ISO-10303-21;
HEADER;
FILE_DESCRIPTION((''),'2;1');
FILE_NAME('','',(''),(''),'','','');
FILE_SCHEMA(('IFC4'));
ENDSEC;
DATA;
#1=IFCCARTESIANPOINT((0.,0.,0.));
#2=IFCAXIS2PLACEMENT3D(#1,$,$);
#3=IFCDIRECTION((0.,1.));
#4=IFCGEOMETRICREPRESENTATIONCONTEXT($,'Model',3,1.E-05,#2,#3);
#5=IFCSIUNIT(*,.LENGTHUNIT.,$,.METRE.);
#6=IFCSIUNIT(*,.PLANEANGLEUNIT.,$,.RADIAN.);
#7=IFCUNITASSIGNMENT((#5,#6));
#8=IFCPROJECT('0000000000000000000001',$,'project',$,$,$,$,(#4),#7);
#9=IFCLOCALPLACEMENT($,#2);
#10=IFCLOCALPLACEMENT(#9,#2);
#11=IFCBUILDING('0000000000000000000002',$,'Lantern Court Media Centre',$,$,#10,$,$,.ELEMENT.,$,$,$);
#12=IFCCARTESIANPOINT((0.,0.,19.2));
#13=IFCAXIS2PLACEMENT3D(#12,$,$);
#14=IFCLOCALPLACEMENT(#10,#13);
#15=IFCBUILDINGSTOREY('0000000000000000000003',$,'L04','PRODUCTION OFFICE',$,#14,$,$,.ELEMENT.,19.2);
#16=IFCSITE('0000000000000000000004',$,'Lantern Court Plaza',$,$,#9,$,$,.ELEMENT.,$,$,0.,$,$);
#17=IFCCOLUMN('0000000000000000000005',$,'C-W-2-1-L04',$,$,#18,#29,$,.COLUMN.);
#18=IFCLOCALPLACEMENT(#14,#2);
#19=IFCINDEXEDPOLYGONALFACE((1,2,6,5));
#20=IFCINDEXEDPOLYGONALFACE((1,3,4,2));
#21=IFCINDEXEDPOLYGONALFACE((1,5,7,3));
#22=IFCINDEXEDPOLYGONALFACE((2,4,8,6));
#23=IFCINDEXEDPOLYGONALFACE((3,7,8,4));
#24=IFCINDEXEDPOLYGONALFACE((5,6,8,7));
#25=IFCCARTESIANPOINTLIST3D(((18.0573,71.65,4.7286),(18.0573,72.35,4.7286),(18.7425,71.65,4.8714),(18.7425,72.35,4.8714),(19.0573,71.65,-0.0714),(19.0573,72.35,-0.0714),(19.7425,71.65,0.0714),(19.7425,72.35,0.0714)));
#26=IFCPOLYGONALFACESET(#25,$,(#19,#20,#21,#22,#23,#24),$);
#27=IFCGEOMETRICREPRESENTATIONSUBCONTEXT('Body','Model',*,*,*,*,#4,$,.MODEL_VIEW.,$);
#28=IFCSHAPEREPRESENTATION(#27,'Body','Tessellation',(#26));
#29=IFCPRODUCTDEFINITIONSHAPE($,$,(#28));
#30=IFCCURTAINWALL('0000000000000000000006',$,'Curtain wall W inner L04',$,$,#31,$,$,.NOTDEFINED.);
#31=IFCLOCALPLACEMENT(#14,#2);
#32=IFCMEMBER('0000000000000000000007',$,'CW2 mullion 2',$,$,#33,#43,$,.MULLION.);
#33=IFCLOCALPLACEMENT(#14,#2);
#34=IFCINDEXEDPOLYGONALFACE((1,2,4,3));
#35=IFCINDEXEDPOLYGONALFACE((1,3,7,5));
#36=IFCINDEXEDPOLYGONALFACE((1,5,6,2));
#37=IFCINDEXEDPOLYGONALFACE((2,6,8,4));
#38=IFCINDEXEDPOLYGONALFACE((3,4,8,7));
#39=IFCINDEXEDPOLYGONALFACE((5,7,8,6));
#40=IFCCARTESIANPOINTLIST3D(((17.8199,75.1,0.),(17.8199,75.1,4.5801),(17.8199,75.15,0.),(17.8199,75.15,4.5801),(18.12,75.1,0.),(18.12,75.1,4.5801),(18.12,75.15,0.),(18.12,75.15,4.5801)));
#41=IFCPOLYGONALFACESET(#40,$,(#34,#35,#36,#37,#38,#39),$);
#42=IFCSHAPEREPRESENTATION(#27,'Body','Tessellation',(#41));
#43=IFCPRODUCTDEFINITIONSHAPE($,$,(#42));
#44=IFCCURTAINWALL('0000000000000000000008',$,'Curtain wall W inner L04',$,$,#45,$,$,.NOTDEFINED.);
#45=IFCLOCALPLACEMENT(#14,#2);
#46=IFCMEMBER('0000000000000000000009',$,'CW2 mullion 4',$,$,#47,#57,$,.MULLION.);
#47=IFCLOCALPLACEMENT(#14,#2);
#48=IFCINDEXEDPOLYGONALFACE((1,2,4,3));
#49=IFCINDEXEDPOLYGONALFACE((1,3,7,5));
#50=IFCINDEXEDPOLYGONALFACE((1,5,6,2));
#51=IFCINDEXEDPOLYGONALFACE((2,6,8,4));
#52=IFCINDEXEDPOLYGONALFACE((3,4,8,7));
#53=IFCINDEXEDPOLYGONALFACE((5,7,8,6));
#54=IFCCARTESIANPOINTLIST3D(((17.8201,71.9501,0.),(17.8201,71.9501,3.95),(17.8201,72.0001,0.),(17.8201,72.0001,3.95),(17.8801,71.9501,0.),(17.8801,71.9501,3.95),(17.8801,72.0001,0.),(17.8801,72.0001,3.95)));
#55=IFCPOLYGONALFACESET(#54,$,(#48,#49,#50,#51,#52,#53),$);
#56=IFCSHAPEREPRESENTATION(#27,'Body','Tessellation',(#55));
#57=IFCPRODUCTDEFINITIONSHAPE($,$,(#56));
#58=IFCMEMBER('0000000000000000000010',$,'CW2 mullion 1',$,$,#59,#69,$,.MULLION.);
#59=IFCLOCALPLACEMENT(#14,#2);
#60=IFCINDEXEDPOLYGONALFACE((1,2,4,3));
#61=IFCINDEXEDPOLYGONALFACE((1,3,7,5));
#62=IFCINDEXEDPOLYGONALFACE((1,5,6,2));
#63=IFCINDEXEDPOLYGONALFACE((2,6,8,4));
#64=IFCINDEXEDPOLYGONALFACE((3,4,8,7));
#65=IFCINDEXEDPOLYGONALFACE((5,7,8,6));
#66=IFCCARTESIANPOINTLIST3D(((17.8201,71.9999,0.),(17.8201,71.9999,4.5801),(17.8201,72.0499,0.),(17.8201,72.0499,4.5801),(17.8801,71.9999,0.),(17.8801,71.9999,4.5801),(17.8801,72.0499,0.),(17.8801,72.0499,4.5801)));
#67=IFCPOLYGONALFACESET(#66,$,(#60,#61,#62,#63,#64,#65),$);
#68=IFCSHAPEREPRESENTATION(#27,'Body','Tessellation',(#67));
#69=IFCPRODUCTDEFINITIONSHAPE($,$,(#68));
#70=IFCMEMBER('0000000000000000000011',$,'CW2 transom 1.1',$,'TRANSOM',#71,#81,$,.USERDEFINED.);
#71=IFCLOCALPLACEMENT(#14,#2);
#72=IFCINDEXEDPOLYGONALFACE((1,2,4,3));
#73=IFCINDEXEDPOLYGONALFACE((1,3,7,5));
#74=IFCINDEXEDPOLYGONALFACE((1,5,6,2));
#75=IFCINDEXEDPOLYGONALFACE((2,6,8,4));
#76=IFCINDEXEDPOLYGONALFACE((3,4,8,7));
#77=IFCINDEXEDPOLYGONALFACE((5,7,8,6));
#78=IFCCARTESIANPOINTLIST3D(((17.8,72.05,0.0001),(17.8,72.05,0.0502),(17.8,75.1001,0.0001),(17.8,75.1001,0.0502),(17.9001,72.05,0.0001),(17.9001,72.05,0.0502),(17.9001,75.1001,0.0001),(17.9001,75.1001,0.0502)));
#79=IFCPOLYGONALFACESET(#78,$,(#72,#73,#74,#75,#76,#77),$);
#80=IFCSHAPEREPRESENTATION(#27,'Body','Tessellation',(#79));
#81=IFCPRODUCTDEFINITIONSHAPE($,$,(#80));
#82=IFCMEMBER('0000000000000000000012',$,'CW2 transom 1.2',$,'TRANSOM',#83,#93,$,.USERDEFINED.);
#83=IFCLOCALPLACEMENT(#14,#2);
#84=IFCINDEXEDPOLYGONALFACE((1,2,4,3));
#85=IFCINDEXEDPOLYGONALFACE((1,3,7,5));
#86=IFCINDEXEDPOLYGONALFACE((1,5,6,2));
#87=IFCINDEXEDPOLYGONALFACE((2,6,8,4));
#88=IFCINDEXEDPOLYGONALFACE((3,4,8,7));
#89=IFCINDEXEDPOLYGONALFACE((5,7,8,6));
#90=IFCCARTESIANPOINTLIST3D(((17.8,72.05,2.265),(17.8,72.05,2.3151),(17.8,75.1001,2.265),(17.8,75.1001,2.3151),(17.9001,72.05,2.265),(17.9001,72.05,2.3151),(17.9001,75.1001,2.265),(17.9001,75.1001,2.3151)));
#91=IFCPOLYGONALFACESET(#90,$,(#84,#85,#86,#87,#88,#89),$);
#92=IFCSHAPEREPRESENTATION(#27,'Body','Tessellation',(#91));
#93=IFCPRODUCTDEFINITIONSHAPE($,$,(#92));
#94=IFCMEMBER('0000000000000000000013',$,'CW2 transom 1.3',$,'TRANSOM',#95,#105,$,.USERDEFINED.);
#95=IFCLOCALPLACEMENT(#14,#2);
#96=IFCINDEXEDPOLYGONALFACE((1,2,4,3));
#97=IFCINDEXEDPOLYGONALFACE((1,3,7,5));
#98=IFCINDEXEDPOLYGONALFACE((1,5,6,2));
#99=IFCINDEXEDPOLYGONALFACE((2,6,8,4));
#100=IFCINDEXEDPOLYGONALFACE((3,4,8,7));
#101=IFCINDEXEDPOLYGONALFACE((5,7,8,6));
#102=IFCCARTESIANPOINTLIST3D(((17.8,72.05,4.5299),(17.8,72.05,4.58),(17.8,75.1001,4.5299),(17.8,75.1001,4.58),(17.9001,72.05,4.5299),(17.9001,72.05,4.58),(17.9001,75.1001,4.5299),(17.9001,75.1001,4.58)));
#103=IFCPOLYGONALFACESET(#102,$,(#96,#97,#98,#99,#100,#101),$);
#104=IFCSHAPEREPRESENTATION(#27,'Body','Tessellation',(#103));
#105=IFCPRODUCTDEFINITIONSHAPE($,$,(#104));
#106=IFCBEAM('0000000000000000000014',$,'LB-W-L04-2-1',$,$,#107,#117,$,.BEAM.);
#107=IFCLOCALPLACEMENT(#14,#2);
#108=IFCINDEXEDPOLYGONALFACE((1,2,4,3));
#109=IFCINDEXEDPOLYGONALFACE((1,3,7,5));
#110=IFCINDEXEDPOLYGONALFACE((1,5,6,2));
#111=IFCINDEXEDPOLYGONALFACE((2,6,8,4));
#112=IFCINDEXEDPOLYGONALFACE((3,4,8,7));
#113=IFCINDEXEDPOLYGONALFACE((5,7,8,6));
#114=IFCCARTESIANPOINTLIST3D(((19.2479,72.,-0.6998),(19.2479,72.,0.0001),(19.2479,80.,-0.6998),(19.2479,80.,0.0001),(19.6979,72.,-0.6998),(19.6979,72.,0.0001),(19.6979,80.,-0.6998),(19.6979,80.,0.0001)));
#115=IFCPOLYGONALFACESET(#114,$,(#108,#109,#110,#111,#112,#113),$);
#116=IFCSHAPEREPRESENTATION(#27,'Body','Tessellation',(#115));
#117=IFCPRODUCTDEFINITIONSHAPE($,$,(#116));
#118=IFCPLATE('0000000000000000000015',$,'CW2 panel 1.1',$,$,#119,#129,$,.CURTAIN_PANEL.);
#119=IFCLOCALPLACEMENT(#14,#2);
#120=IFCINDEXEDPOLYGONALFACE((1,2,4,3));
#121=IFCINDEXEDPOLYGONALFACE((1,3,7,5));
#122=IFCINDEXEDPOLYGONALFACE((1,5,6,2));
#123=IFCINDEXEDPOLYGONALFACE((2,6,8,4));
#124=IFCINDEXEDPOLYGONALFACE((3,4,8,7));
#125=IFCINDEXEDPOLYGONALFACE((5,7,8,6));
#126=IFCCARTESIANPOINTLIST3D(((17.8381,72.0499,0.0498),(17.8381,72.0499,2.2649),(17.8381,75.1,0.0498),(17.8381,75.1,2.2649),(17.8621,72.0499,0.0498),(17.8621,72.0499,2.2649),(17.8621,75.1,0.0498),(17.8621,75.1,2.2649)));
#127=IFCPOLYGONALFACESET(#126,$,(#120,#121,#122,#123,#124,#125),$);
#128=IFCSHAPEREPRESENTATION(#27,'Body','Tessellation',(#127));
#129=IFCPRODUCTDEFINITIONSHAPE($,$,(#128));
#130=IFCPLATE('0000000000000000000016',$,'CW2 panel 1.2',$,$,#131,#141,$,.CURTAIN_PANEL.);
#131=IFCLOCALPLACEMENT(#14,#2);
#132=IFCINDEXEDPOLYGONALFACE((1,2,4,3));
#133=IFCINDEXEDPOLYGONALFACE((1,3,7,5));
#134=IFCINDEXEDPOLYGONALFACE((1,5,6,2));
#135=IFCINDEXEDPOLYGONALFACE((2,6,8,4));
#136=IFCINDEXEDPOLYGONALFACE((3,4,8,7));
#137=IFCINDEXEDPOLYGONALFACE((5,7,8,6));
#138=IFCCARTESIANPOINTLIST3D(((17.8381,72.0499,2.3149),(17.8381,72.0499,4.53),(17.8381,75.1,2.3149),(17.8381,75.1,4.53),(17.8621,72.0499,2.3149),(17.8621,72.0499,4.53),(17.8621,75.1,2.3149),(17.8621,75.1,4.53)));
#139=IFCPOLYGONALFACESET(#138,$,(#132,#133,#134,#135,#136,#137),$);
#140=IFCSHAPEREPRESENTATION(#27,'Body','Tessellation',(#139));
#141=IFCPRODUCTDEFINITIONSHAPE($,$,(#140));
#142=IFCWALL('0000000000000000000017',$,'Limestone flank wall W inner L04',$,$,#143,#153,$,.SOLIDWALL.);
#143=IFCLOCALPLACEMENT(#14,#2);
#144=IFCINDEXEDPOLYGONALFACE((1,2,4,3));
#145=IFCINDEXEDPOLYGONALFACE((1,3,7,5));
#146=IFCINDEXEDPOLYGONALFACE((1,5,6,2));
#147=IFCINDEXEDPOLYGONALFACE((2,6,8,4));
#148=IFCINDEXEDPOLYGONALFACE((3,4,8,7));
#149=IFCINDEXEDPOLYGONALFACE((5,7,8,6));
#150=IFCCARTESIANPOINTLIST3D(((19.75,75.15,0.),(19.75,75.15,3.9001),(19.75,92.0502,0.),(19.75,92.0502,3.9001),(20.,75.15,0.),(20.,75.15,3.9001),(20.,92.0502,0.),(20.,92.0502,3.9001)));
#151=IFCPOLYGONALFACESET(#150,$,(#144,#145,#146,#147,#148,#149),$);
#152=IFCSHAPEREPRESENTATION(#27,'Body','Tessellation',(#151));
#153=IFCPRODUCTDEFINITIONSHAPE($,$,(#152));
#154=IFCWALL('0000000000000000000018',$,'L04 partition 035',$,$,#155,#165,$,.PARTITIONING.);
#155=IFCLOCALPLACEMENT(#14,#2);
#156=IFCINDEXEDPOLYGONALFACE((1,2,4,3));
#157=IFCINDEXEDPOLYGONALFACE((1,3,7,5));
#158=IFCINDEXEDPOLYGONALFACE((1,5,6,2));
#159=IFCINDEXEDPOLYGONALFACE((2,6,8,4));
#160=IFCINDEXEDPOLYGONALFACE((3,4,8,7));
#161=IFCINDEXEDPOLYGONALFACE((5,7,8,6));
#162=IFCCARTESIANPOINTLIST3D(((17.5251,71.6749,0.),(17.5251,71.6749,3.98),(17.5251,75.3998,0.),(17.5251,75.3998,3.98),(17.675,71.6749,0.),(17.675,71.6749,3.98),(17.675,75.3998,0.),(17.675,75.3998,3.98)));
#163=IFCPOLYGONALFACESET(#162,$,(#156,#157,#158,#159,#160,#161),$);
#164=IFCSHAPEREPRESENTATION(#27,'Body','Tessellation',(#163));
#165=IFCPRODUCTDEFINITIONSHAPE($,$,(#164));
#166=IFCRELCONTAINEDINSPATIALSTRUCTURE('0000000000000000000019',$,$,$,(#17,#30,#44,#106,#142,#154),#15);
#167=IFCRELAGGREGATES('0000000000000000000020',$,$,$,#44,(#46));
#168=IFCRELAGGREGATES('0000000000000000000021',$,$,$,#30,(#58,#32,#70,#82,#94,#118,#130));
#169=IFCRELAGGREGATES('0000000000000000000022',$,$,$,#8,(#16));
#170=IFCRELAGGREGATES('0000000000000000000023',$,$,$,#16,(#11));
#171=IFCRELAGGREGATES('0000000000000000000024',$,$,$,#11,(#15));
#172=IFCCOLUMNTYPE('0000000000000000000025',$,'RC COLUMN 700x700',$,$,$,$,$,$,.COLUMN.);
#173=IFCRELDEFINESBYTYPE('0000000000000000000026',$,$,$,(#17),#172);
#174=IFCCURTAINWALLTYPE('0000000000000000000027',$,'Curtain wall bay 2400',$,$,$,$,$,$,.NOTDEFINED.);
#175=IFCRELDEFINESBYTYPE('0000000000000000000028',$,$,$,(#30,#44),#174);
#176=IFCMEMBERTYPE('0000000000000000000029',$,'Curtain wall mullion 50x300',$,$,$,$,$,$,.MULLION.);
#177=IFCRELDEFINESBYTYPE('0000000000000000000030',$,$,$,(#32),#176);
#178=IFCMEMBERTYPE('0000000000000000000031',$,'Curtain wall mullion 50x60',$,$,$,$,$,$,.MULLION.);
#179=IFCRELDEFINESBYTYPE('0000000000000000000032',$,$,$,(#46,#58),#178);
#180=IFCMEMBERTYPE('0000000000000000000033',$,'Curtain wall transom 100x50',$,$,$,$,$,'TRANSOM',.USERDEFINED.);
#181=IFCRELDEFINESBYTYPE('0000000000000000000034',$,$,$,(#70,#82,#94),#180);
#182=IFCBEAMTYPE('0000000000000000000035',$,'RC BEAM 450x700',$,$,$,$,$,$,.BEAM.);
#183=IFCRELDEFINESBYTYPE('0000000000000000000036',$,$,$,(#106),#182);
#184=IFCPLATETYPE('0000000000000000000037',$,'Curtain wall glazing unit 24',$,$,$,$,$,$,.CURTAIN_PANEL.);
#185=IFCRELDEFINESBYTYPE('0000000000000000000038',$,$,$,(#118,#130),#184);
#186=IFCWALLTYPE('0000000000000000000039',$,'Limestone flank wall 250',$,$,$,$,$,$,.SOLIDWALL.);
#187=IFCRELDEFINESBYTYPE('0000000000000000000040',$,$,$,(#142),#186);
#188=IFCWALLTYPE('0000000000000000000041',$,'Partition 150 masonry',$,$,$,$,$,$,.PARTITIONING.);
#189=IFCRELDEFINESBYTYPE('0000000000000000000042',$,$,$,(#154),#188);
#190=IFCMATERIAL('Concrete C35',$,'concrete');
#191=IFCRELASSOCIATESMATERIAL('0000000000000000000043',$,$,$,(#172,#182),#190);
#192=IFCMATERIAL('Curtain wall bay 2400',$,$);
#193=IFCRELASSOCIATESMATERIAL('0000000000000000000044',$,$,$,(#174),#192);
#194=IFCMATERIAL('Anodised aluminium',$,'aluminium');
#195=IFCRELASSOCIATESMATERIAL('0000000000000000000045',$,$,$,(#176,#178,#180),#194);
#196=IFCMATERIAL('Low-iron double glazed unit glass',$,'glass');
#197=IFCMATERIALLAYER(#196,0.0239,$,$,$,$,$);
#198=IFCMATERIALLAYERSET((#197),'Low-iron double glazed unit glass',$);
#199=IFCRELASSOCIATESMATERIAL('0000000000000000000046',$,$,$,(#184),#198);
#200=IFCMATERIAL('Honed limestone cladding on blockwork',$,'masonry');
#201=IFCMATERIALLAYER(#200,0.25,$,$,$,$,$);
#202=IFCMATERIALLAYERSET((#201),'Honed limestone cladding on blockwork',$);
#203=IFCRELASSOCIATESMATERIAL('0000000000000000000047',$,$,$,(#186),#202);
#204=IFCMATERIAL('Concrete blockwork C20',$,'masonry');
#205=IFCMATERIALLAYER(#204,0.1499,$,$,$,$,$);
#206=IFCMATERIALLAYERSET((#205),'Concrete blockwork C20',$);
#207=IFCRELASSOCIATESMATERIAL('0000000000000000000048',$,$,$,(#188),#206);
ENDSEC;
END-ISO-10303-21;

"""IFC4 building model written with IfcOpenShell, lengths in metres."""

from ifc_helpers import new_model, si_unit, direction, frame, frame_2d, origin, origin_2d, place, context, subcontext, project, spatial, rectangle, extrude, material, layer, layer_set, material_profile, profile_set, type_object, element, aggregate, save


model = new_model("IFC4")

# Units and contexts
model_context = context("Model", 3, precision=1e-05, world=origin(), true_north=direction((0.0, 1.0)))
body_context = subcontext(model_context, "Body", "Model", "MODEL_VIEW")
ifc_project = project(units=[si_unit("LENGTHUNIT", "METRE"), si_unit("PLANEANGLEUNIT", "RADIAN")], contexts=[model_context])

# Site, building, storey
site_placement = place(None, origin())
site = spatial("IfcSite", under=ifc_project, at=site_placement, Name="Lantern Court Plaza", CompositionType="ELEMENT", RefElevation=0.0)
building_placement = place(site_placement, origin())
building = spatial("IfcBuilding", under=site, at=building_placement, Name="Lantern Court Media Centre", CompositionType="ELEMENT")
storey_placement = place(building_placement, frame((0.0, 0.0, 19.2)))
storey = spatial("IfcBuildingStorey", under=building, at=storey_placement, Name="L04", Description="PRODUCTION OFFICE", CompositionType="ELEMENT", Elevation=19.2)

# Column
ifc_material_1 = material(Name="Concrete C35", Category="concrete")
ifc_material_profile_1 = material_profile(ifc_material_1, rectangle(XDim=0.7, YDim=0.7, at=origin_2d()), Name="RC 700x700")
ifc_profile_set_1 = profile_set([ifc_material_profile_1], Name="Concrete C35")
column_type = type_object("IfcColumnType", Name="RC COLUMN 700x700", PredefinedType="COLUMN", material=ifc_profile_set_1)
column_placement = place(storey_placement, frame((19.3999, 72.0, 0.0), z_axis=(-0.203952, 0.0, 0.978981), x_axis=(0.0, -1.0, 0.0)))
element("IfcColumn", 1, at=column_placement, inside=storey, type_object=column_type, Name="C-W-2-1-L04", PredefinedType="COLUMN", context=body_context, shape_type="SweptSolid", body=[
    extrude(rectangle(XDim=0.7, YDim=0.7, at=origin_2d()), origin(), (0.0, 0.0, 1.0), 4.9031),
])

# Curtain walls, members
ifc_material_2 = material(Name="Curtain wall bay 2400")
curtain_wall_type = type_object("IfcCurtainWallType", Name="Curtain wall bay 2400", PredefinedType="NOTDEFINED", material=ifc_material_2)
curtain_wall_1_placement = place(storey_placement, origin())
curtain_wall_1 = element("IfcCurtainWall", 2, at=curtain_wall_1_placement, inside=storey, type_object=curtain_wall_type, Name="Curtain wall W inner L04", PredefinedType="NOTDEFINED")
ifc_material_3 = material(Name="Anodised aluminium", Category="aluminium")
ifc_material_profile_2 = material_profile(ifc_material_3, rectangle(XDim=0.3, YDim=0.05, at=origin_2d()), Name="AL 50x300")
ifc_profile_set_2 = profile_set([ifc_material_profile_2], Name="Anodised aluminium")
member_type_1 = type_object("IfcMemberType", Name="Curtain wall mullion 50x300", PredefinedType="MULLION", material=ifc_profile_set_2)
member_1_placement = place(storey_placement, frame((17.97, 75.125, 0.0), z_axis=(0.0, 0.0, 1.0), x_axis=(-1.0, 0.0, 0.0)))
member_1 = element("IfcMember", 3, at=member_1_placement, type_object=member_type_1, Name="CW2 mullion 2", PredefinedType="MULLION", context=body_context, shape_type="SweptSolid", body=[
    extrude(rectangle(XDim=0.3, YDim=0.05, at=origin_2d()), origin(), (0.0, 0.0, 1.0), 4.5801),
])
curtain_wall_2_placement = place(storey_placement, origin())
curtain_wall_2 = element("IfcCurtainWall", 4, at=curtain_wall_2_placement, inside=storey, type_object=curtain_wall_type, Name="Curtain wall W inner L04", PredefinedType="NOTDEFINED")
ifc_material_profile_3 = material_profile(ifc_material_3, rectangle(XDim=0.0601, YDim=0.05, at=origin_2d()), Name="AL 50x60")
ifc_profile_set_3 = profile_set([ifc_material_profile_3], Name="Anodised aluminium")
member_type_2 = type_object("IfcMemberType", Name="Curtain wall mullion 50x60", PredefinedType="MULLION", material=ifc_profile_set_3)
member_2_placement = place(storey_placement, frame((17.8501, 71.9751, 0.0), z_axis=(0.0, 0.0, 1.0), x_axis=(-1.0, 0.0, 0.0)))
member_2 = element("IfcMember", 5, at=member_2_placement, type_object=member_type_2, Name="CW2 mullion 4", PredefinedType="MULLION", context=body_context, shape_type="SweptSolid", body=[
    extrude(rectangle(XDim=0.0601, YDim=0.05, at=origin_2d()), origin(), (0.0, 0.0, 1.0), 3.95),
])
aggregate(curtain_wall_2, [member_2])

# Members
member_3_placement = place(storey_placement, frame((17.8501, 72.0249, 0.0), z_axis=(0.0, 0.0, 1.0), x_axis=(-1.0, 0.0, 0.0)))
member_3 = element("IfcMember", 6, at=member_3_placement, type_object=member_type_2, Name="CW2 mullion 1", PredefinedType="MULLION", context=body_context, shape_type="SweptSolid", body=[
    extrude(rectangle(XDim=0.0601, YDim=0.05, at=origin_2d()), origin(), (0.0, 0.0, 1.0), 4.5801),
])
ifc_material_profile_4 = material_profile(ifc_material_3, rectangle(XDim=0.1001, YDim=0.05, at=origin_2d()), Name="AL 50x100")
ifc_profile_set_4 = profile_set([ifc_material_profile_4], Name="Anodised aluminium")
member_type_3 = type_object("IfcMemberType", Name="Curtain wall transom 100x50", ElementType="TRANSOM", PredefinedType="USERDEFINED", material=ifc_profile_set_4)
member_4_placement = place(storey_placement, frame((17.8501, 72.05, 0.0251), z_axis=(0.0, 1.0, 0.0), x_axis=(-1.0, 0.0, 0.0)))
member_4 = element("IfcMember", 7, at=member_4_placement, type_object=member_type_3, Name="CW2 transom 1.1", ObjectType="TRANSOM", PredefinedType="USERDEFINED", context=body_context, shape_type="SweptSolid", body=[
    extrude(rectangle(XDim=0.1001, YDim=0.05, at=origin_2d()), origin(), (0.0, 0.0, 1.0), 3.05),
])
member_5_placement = place(storey_placement, frame((17.8501, 72.05, 2.29), z_axis=(0.0, 1.0, 0.0), x_axis=(-1.0, 0.0, 0.0)))
member_5 = element("IfcMember", 8, at=member_5_placement, type_object=member_type_3, Name="CW2 transom 1.2", ObjectType="TRANSOM", PredefinedType="USERDEFINED", context=body_context, shape_type="SweptSolid", body=[
    extrude(rectangle(XDim=0.1001, YDim=0.05, at=origin_2d()), origin(), (0.0, 0.0, 1.0), 3.05),
])
member_6_placement = place(storey_placement, frame((17.8501, 72.05, 4.5549), z_axis=(0.0, 1.0, 0.0), x_axis=(-1.0, 0.0, 0.0)))
member_6 = element("IfcMember", 9, at=member_6_placement, type_object=member_type_3, Name="CW2 transom 1.3", ObjectType="TRANSOM", PredefinedType="USERDEFINED", context=body_context, shape_type="SweptSolid", body=[
    extrude(rectangle(XDim=0.1001, YDim=0.05, at=origin_2d()), origin(), (0.0, 0.0, 1.0), 3.05),
])

# Beam
ifc_material_profile_5 = material_profile(ifc_material_1, rectangle(XDim=0.45, YDim=0.7, at=origin_2d()), Name="RC 450x700")
ifc_profile_set_5 = profile_set([ifc_material_profile_5], Name="Concrete C35")
beam_type = type_object("IfcBeamType", Name="RC BEAM 450x700", PredefinedType="BEAM", material=ifc_profile_set_5)
beam_placement = place(storey_placement, frame((19.4729, 72.0, -0.3499), z_axis=(0.0, 1.0, 0.0), x_axis=(-1.0, 0.0, 0.0)))
element("IfcBeam", 10, at=beam_placement, inside=storey, type_object=beam_type, Name="LB-W-L04-2-1", PredefinedType="BEAM", context=body_context, shape_type="SweptSolid", body=[
    extrude(rectangle(XDim=0.45, YDim=0.7, at=origin_2d()), origin(), (0.0, 0.0, 1.0), 8.0),
])

# Plates
ifc_material_4 = material(Name="Low-iron double glazed unit glass", Category="glass")
ifc_layer_1 = layer(ifc_material_4, 0.0239)
ifc_layer_set_1 = layer_set([ifc_layer_1], Name="Low-iron double glazed unit glass")
plate_type = type_object("IfcPlateType", Name="Curtain wall glazing unit 24", PredefinedType="CURTAIN_PANEL", material=ifc_layer_set_1)
plate_1_placement = place(storey_placement, frame((17.8501, 73.575, 0.0498), z_axis=(0.0, 0.0, 1.0), x_axis=(0.0, 1.0, 0.0)))
plate_1 = element("IfcPlate", 11, at=plate_1_placement, type_object=plate_type, Name="CW2 panel 1.1", PredefinedType="CURTAIN_PANEL", context=body_context, shape_type="SweptSolid", body=[
    extrude(rectangle(XDim=3.05, YDim=0.0239, at=origin_2d()), origin(), (0.0, 0.0, 1.0), 2.2151),
])
plate_2_placement = place(storey_placement, frame((17.8501, 73.575, 2.3149), z_axis=(0.0, 0.0, 1.0), x_axis=(0.0, 1.0, 0.0)))
plate_2 = element("IfcPlate", 12, at=plate_2_placement, type_object=plate_type, Name="CW2 panel 1.2", PredefinedType="CURTAIN_PANEL", context=body_context, shape_type="SweptSolid", body=[
    extrude(rectangle(XDim=3.05, YDim=0.0239, at=origin_2d()), origin(), (0.0, 0.0, 1.0), 2.2151),
])
aggregate(curtain_wall_1, [member_3, member_1, member_4, member_5, member_6, plate_1, plate_2])

# Walls
ifc_material_5 = material(Name="Honed limestone cladding on blockwork", Category="masonry")
ifc_layer_2 = layer(ifc_material_5, 0.25)
ifc_layer_set_2 = layer_set([ifc_layer_2], Name="Honed limestone cladding on blockwork")
wall_type_1 = type_object("IfcWallType", Name="Limestone flank wall 250", PredefinedType="SOLIDWALL", material=ifc_layer_set_2)
wall_1_placement = place(storey_placement, frame((19.875, 75.1499, 0.0), z_axis=(0.0, 0.0, 1.0), x_axis=(0.0, 1.0, 0.0)))
element("IfcWall", 13, at=wall_1_placement, inside=storey, type_object=wall_type_1, Name="Limestone flank wall W inner L04", PredefinedType="SOLIDWALL", context=body_context, shape_type="SweptSolid", body=[
    extrude(rectangle(XDim=16.9001, YDim=0.25, at=frame_2d((8.4502, 0.0))), origin(), (0.0, 0.0, 1.0), 3.9001),
])
ifc_material_6 = material(Name="Concrete blockwork C20", Category="masonry")
ifc_layer_3 = layer(ifc_material_6, 0.1499)
ifc_layer_set_3 = layer_set([ifc_layer_3], Name="Concrete blockwork C20")
wall_type_2 = type_object("IfcWallType", Name="Partition 150 masonry", PredefinedType="PARTITIONING", material=ifc_layer_set_3)
wall_2_placement = place(storey_placement, frame((17.6001, 71.675, 0.0), z_axis=(0.0, 0.0, 1.0), x_axis=(0.0, 1.0, 0.0)))
element("IfcWall", 14, at=wall_2_placement, inside=storey, type_object=wall_type_2, Name="L04 partition 035", PredefinedType="PARTITIONING", context=body_context, shape_type="SweptSolid", body=[
    extrude(rectangle(XDim=3.7249, YDim=0.1499, at=frame_2d((1.8623, 0.0))), origin(), (0.0, 0.0, 1.0), 3.98),
])

save(model, "model.ifc")
